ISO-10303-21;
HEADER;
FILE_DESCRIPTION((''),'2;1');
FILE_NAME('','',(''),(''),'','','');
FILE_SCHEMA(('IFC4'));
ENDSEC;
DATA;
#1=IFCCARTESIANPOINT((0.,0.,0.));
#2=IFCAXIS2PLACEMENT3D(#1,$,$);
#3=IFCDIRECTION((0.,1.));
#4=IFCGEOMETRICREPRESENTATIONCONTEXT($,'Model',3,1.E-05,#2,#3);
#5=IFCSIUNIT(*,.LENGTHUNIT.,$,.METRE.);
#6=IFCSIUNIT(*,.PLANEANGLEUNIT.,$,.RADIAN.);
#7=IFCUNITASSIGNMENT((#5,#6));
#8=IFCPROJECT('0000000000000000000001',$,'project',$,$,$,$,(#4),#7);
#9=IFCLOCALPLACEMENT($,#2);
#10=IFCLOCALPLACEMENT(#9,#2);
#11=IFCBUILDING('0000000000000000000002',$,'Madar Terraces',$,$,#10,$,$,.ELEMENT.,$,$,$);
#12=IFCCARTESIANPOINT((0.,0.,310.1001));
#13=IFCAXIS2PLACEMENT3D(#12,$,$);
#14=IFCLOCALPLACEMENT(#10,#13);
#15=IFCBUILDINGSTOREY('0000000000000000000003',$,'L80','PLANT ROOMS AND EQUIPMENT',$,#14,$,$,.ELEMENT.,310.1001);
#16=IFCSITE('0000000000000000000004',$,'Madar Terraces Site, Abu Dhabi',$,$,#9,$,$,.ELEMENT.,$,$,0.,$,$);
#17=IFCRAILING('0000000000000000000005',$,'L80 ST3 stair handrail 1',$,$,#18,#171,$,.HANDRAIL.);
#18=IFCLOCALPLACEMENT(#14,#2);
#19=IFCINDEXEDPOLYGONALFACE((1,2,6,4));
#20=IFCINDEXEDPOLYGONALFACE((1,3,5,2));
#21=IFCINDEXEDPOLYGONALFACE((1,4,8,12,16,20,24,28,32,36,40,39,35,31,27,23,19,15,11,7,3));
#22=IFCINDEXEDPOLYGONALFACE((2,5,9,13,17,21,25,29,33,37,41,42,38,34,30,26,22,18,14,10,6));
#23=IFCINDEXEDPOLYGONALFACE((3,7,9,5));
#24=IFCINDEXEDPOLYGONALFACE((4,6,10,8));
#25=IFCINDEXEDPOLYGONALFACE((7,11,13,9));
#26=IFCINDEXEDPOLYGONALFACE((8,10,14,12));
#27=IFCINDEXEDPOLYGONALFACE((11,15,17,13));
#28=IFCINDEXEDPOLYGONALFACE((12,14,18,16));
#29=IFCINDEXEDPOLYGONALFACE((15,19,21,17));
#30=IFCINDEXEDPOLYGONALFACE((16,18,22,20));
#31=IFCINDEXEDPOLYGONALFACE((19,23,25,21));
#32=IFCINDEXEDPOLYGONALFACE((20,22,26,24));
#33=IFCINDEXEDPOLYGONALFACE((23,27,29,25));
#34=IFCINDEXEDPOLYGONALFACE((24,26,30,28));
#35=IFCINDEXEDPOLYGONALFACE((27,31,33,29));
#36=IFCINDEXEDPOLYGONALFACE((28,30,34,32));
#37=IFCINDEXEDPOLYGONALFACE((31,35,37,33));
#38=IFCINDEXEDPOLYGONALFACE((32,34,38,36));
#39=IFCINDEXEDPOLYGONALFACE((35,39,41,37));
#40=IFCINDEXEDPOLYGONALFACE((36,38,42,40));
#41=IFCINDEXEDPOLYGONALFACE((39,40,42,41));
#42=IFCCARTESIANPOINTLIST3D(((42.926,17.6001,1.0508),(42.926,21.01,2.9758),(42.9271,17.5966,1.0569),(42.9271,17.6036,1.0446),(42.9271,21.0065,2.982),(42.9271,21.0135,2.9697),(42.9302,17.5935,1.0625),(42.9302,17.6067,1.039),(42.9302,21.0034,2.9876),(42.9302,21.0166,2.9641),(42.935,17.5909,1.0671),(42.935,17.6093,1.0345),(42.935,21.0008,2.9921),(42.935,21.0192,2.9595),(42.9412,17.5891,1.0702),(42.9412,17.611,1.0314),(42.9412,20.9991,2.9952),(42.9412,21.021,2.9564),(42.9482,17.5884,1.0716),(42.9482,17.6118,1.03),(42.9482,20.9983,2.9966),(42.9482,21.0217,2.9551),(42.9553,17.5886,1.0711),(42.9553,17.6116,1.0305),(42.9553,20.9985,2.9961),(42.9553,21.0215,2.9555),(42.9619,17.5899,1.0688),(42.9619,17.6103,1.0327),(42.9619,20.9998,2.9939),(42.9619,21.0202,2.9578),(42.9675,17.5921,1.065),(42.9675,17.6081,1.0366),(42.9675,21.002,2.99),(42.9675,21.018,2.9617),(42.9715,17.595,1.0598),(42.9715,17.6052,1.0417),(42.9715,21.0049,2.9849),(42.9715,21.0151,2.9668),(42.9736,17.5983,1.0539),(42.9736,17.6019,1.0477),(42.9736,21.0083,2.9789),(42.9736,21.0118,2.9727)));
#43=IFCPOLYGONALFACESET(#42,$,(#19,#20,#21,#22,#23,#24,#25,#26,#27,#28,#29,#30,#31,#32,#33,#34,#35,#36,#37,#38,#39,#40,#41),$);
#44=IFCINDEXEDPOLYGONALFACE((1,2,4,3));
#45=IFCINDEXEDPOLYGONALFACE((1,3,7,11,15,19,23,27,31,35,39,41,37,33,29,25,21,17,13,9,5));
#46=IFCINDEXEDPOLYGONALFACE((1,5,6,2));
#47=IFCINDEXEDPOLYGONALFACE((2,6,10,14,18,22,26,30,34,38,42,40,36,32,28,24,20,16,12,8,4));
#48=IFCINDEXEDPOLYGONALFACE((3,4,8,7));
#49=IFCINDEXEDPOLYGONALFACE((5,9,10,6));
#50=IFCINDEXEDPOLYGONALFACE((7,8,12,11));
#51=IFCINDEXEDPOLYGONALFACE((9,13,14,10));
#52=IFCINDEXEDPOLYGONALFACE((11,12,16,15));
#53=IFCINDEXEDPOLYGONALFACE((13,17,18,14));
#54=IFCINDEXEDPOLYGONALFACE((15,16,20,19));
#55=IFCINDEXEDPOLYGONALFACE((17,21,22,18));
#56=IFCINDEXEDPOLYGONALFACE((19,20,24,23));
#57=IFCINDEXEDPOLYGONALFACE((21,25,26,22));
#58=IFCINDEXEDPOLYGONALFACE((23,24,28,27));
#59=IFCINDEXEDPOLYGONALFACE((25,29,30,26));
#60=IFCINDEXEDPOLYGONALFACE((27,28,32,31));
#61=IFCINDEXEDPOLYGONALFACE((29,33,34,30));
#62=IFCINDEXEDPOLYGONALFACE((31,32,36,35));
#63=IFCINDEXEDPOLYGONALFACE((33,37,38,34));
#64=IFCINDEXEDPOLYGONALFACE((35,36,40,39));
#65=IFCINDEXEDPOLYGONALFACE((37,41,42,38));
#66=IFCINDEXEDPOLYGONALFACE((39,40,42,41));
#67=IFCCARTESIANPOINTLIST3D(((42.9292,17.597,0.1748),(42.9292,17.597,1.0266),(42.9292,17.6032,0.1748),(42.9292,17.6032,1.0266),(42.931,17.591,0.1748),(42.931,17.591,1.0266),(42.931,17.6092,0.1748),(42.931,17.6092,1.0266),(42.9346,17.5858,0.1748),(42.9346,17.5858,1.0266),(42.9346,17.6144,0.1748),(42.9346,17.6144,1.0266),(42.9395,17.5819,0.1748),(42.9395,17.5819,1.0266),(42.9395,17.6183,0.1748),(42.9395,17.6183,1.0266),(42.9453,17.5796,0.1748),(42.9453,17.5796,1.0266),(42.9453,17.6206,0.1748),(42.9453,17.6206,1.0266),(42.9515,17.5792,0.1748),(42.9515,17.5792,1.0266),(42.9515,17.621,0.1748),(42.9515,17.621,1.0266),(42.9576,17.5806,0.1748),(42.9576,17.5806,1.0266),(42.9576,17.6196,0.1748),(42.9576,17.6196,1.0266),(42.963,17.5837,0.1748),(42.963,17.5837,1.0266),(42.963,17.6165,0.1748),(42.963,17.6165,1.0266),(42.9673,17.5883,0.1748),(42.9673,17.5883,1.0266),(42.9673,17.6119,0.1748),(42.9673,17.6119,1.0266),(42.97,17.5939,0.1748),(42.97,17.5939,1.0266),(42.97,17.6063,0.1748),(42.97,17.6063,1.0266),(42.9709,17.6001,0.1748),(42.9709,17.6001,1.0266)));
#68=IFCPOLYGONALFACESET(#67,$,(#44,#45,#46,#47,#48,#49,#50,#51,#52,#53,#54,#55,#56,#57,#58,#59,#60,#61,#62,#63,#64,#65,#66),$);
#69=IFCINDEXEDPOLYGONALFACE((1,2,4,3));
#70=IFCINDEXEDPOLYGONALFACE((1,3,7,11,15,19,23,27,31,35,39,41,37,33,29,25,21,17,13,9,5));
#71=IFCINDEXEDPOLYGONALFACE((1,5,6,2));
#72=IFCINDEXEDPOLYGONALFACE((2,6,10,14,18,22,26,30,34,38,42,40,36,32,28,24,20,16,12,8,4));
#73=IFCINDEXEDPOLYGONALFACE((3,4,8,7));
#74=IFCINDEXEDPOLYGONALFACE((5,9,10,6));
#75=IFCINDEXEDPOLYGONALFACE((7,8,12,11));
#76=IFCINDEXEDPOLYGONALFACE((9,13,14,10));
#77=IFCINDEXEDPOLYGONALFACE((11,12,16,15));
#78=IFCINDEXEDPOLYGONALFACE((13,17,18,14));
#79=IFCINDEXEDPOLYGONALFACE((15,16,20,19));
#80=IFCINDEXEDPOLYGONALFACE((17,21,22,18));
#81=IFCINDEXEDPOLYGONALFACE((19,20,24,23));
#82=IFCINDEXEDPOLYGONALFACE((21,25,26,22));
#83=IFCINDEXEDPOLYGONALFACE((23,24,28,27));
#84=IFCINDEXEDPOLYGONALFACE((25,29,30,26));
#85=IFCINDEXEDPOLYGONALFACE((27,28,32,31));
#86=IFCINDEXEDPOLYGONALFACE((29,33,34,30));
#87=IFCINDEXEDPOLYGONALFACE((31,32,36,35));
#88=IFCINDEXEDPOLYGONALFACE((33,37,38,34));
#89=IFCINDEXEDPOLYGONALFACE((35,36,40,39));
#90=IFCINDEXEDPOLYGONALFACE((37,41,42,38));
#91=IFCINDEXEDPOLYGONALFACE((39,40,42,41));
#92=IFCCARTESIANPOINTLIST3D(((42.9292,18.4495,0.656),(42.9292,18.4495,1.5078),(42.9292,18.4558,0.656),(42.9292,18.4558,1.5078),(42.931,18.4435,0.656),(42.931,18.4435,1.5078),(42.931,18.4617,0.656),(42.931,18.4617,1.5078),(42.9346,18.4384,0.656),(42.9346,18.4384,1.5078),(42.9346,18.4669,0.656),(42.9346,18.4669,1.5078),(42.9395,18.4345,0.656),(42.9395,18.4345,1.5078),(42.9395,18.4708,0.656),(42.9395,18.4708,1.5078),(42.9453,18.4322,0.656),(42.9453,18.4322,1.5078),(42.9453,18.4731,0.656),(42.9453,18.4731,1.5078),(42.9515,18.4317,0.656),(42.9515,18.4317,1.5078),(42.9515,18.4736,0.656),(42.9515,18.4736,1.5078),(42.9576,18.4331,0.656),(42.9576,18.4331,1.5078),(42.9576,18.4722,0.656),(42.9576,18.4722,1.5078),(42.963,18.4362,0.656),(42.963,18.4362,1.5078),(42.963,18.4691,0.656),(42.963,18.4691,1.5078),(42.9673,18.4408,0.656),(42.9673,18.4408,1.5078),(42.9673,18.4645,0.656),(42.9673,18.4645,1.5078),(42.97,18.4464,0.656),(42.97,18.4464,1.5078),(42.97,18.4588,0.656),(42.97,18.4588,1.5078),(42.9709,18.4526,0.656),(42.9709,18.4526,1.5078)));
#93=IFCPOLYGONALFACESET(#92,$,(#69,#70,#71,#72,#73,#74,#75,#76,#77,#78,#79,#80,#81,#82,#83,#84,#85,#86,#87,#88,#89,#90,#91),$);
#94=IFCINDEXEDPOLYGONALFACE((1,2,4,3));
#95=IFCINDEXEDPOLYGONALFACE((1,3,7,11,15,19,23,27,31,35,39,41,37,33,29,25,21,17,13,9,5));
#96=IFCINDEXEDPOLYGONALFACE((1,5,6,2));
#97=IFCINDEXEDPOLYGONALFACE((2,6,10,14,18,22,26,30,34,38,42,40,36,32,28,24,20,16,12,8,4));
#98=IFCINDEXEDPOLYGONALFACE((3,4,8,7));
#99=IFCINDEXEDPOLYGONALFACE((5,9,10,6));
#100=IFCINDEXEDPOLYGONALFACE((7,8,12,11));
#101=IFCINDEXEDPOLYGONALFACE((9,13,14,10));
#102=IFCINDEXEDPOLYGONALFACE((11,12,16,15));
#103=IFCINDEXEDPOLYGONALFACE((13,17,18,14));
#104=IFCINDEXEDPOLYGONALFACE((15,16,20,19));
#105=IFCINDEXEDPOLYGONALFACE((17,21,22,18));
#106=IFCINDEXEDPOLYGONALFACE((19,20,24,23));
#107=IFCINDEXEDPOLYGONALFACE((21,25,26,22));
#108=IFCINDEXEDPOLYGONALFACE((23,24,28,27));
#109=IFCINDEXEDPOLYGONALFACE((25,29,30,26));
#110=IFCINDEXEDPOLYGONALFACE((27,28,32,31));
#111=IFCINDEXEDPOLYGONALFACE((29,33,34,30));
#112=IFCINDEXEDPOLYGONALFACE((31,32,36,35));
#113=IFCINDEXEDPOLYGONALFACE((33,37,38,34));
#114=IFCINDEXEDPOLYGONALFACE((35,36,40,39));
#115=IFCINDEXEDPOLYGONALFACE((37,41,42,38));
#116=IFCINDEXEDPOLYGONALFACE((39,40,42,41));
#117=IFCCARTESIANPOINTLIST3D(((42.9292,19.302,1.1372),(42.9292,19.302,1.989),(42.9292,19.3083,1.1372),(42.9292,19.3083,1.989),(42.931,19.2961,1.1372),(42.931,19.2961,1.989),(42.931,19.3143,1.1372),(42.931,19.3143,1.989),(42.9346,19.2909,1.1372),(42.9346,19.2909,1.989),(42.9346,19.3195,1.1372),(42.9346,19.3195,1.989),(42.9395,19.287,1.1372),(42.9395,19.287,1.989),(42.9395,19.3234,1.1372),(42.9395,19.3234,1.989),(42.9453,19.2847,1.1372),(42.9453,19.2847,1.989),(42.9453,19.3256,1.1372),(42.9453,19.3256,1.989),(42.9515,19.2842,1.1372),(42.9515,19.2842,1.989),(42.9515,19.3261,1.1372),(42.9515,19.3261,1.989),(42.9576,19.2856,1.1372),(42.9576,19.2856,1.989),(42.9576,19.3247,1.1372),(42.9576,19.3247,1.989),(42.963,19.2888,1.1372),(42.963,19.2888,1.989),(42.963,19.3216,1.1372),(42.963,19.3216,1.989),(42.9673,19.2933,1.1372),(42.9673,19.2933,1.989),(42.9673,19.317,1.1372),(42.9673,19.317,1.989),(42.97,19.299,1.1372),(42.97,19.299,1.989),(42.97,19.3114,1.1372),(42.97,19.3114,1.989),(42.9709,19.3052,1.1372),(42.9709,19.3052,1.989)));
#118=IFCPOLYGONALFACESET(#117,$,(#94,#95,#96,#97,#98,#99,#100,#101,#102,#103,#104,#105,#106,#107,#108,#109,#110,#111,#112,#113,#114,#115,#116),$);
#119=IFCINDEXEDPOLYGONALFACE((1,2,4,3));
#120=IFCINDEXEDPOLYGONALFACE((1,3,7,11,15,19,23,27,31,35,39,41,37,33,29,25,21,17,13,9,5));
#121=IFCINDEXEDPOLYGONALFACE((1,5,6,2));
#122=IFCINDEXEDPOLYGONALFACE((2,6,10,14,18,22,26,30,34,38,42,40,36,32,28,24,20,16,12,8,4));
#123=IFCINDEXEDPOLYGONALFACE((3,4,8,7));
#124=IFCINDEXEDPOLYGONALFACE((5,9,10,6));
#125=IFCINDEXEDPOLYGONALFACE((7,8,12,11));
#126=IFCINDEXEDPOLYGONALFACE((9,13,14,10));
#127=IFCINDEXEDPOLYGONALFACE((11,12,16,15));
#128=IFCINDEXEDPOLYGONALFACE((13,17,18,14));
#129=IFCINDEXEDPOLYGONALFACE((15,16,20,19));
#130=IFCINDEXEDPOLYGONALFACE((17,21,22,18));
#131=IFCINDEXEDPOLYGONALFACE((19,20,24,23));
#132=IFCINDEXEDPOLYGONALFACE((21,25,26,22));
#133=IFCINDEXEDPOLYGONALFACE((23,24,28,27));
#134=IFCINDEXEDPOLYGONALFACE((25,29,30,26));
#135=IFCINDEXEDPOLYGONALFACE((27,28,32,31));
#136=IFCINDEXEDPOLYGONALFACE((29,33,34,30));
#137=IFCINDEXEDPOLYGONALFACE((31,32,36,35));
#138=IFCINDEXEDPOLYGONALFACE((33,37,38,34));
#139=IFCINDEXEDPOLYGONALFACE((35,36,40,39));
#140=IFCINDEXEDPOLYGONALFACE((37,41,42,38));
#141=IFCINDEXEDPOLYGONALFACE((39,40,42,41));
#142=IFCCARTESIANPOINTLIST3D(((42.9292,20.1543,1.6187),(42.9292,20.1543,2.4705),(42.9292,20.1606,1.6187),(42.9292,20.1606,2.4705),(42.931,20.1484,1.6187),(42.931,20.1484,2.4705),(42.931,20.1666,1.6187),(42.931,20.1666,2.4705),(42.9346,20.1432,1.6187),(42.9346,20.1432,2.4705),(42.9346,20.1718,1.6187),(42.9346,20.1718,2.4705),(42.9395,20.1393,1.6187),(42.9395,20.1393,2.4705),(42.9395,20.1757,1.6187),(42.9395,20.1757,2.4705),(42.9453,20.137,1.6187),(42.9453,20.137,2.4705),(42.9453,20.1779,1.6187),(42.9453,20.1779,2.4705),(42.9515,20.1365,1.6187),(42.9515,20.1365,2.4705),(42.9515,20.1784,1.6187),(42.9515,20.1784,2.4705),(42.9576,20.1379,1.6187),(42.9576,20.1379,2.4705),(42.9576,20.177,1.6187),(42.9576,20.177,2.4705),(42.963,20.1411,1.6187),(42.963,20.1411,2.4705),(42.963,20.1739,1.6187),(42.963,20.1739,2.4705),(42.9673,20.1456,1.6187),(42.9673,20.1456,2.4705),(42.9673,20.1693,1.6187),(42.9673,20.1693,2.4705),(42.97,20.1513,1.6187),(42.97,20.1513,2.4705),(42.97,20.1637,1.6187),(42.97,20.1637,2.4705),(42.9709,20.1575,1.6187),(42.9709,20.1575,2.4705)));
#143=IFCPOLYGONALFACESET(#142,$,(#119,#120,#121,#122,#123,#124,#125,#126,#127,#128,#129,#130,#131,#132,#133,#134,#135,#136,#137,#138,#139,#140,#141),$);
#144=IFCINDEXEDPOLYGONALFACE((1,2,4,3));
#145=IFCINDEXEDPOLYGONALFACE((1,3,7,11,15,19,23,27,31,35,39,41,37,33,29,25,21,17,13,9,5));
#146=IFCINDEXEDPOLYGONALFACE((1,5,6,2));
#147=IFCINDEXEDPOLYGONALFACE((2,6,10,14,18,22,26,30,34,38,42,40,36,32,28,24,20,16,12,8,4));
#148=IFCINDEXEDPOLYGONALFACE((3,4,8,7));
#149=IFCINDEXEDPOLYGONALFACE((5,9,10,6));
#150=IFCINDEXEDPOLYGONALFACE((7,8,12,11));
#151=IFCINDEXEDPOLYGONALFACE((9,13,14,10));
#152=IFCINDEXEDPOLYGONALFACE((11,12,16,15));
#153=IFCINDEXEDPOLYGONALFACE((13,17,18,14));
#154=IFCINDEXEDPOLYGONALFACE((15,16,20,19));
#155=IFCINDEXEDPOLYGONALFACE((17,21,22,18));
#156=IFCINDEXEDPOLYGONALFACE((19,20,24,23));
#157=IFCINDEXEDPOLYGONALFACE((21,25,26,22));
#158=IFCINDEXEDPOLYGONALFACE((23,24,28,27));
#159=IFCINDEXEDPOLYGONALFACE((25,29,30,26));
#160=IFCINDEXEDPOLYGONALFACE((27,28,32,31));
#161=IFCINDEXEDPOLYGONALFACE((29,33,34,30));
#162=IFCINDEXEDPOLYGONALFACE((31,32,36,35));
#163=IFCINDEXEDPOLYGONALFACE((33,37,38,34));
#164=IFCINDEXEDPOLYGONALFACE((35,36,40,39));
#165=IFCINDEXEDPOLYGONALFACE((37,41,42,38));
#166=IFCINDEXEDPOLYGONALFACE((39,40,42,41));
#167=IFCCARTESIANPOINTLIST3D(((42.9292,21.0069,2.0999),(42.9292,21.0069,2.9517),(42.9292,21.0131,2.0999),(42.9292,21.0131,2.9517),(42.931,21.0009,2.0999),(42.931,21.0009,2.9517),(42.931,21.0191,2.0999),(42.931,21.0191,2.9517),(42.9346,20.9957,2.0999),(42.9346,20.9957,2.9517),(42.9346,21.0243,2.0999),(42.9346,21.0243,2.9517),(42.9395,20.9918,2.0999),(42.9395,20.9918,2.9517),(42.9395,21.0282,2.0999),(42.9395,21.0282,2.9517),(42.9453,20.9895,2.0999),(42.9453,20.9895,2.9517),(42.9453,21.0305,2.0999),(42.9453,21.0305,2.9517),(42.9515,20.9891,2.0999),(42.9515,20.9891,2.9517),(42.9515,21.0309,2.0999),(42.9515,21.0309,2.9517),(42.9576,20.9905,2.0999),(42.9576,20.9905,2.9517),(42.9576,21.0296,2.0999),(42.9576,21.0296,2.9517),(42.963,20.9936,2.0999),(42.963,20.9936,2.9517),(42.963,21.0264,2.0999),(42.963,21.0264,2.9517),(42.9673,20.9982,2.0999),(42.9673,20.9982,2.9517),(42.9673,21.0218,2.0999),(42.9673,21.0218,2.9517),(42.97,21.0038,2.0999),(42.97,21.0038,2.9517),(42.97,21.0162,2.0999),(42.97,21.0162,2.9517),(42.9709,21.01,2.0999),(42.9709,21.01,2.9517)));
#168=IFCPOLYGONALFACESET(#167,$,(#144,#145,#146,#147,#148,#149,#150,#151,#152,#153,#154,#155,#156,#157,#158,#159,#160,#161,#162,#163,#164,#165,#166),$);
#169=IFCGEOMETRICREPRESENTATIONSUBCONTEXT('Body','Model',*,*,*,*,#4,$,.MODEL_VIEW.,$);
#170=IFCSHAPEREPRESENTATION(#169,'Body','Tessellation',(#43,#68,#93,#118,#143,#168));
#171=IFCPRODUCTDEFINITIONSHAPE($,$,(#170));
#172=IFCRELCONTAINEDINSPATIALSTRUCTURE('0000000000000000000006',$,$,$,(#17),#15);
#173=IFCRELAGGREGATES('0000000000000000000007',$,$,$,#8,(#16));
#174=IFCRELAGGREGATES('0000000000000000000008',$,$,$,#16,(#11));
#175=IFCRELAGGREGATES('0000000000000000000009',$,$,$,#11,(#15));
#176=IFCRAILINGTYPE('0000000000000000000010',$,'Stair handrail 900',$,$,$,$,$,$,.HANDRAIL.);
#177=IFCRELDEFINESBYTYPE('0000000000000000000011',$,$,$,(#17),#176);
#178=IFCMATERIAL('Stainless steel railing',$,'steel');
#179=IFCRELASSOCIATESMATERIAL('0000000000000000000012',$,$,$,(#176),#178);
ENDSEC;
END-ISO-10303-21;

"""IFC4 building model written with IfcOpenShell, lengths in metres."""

from ifc_helpers import new_model, si_unit, direction, frame, origin, origin_2d, place, context, subcontext, project, spatial, circle, extrude, material, type_object, element, save


model = new_model("IFC4")

# Units and contexts
model_context = context("Model", 3, precision=1e-05, world=origin(), true_north=direction((0.0, 1.0)))
body_context = subcontext(model_context, "Body", "Model", "MODEL_VIEW")
ifc_project = project(units=[si_unit("LENGTHUNIT", "METRE"), si_unit("PLANEANGLEUNIT", "RADIAN")], contexts=[model_context])

# Site, building, storey
site_placement = place(None, origin())
site = spatial("IfcSite", under=ifc_project, at=site_placement, Name="Madar Terraces Site, Abu Dhabi", CompositionType="ELEMENT", RefElevation=0.0)
building_placement = place(site_placement, origin())
building = spatial("IfcBuilding", under=site, at=building_placement, Name="Madar Terraces", CompositionType="ELEMENT")
storey_placement = place(building_placement, frame((0.0, 0.0, 310.1001)))
storey = spatial("IfcBuildingStorey", under=building, at=storey_placement, Name="L80", Description="PLANT ROOMS AND EQUIPMENT", CompositionType="ELEMENT", Elevation=310.1001)

# Railing
ifc_material_1 = material(Name="Stainless steel railing", Category="steel")
railing_type_1 = type_object("IfcRailingType", Name="Stair handrail 900", PredefinedType="HANDRAIL", material=ifc_material_1)
railing_1_placement = place(storey_placement, frame((42.95, 17.6001, 0.1748)))
element("IfcRailing", 1, at=railing_1_placement, inside=storey, type_object=railing_type_1, Name="L80 ST3 stair handrail 1", PredefinedType="HANDRAIL", context=body_context, shape_type="SweptSolid", body=[
    extrude(circle(Radius=0.0239, at=origin_2d()), frame((0.0, 0.0, 0.876), z_axis=(0.0, 0.870814, 0.491613), x_axis=(-1.0, 0.0, 0.0)), (0.0, 0.0, 1.0), 3.9158),
    extrude(circle(Radius=0.021, at=origin_2d()), origin(), (0.0, 0.0, 1.0), 0.8518),
    extrude(circle(Radius=0.021, at=origin_2d()), frame((0.0, 0.8525, 0.4812)), (0.0, 0.0, 1.0), 0.8518),
    extrude(circle(Radius=0.021, at=origin_2d()), frame((0.0, 1.7051, 0.9624)), (0.0, 0.0, 1.0), 0.8518),
    extrude(circle(Radius=0.021, at=origin_2d()), frame((0.0, 2.5574, 1.4438)), (0.0, 0.0, 1.0), 0.8518),
    extrude(circle(Radius=0.021, at=origin_2d()), frame((0.0, 3.4099, 1.925)), (0.0, 0.0, 1.0), 0.8518),
])

save(model, "model.ifc")
